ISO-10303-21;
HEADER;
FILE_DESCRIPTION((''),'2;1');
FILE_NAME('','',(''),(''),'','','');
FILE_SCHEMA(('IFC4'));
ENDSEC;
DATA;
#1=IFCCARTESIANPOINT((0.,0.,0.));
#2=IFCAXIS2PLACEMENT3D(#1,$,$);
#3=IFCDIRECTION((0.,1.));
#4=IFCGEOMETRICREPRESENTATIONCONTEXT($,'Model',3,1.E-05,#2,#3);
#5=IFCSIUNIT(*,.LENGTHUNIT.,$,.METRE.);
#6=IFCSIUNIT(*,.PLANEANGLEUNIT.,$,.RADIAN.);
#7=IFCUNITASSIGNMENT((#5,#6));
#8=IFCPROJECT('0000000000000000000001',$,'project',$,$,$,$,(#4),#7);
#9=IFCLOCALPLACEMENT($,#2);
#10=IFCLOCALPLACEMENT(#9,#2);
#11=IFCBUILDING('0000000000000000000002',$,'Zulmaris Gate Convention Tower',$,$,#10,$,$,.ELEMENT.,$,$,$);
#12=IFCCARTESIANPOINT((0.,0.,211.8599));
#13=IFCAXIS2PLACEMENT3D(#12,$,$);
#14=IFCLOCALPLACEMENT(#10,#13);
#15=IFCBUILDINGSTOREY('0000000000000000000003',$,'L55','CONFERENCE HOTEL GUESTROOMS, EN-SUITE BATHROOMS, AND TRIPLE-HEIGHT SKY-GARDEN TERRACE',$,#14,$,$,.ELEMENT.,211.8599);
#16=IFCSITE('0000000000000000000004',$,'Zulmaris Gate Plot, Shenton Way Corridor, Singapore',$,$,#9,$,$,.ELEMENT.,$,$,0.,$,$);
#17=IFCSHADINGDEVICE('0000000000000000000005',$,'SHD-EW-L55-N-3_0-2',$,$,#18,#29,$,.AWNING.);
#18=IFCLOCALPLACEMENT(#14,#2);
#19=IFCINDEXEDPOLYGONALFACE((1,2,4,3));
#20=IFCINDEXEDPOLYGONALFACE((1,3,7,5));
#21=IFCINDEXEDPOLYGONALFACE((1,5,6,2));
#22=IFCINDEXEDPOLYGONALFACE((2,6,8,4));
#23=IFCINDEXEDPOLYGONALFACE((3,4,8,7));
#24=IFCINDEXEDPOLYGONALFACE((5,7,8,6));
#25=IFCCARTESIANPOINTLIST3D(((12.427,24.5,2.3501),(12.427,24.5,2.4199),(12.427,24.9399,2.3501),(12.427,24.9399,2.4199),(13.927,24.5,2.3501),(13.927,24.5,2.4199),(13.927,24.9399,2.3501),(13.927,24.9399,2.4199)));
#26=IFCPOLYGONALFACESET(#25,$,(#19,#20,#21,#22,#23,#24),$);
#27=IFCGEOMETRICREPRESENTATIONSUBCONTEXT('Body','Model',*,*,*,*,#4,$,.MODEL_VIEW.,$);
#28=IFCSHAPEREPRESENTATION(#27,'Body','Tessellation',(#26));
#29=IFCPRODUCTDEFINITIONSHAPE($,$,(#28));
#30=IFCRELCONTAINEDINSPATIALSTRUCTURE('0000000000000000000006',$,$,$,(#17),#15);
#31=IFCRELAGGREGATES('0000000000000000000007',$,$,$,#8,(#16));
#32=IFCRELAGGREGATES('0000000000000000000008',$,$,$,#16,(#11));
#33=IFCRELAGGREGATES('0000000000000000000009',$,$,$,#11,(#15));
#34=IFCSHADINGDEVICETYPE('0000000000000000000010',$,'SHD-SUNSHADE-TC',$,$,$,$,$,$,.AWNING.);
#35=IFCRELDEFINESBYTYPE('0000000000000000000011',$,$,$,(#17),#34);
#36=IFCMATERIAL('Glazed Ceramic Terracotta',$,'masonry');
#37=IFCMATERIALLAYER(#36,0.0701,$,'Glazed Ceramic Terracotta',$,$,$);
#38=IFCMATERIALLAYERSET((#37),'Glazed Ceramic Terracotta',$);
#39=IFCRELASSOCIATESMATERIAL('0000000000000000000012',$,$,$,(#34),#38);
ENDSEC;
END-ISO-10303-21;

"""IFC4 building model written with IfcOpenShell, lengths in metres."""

from ifc_helpers import new_model, si_unit, direction, frame, frame_2d, origin, place, context, subcontext, project, spatial, rectangle, extrude, material, layer, layer_set, type_object, element, save


model = new_model("IFC4")

# Units and contexts
model_context = context("Model", 3, precision=1e-05, world=origin(), true_north=direction((0.0, 1.0)))
body_context = subcontext(model_context, "Body", "Model", "MODEL_VIEW")
ifc_project = project(units=[si_unit("LENGTHUNIT", "METRE"), si_unit("PLANEANGLEUNIT", "RADIAN")], contexts=[model_context])

# Site, building, storey
site_placement = place(None, origin())
site = spatial("IfcSite", under=ifc_project, at=site_placement, Name="Zulmaris Gate Plot, Shenton Way Corridor, Singapore", CompositionType="ELEMENT", RefElevation=0.0)
building_placement = place(site_placement, origin())
building = spatial("IfcBuilding", under=site, at=building_placement, Name="Zulmaris Gate Convention Tower", CompositionType="ELEMENT")
storey_placement = place(building_placement, frame((0.0, 0.0, 211.8599)))
storey = spatial("IfcBuildingStorey", under=building, at=storey_placement, Name="L55", Description="CONFERENCE HOTEL GUESTROOMS, EN-SUITE BATHROOMS, AND TRIPLE-HEIGHT SKY-GARDEN TERRACE", CompositionType="ELEMENT", Elevation=211.8599)

# Shading device
ifc_material_1 = material(Name="Glazed Ceramic Terracotta", Category="masonry")
ifc_layer_1 = layer(ifc_material_1, 0.0701, Name="Glazed Ceramic Terracotta")
ifc_layer_set_1 = layer_set([ifc_layer_1], Name="Glazed Ceramic Terracotta")
shading_device_type = type_object("IfcShadingDeviceType", Name="SHD-SUNSHADE-TC", PredefinedType="AWNING", material=ifc_layer_set_1)
for number, where, z_axis, x_axis, name in (
    (1, (13.927, 24.72, 2.3501), (0.0, 0.0, 1.0), (-1.0, 0.0, 0.0), "SHD-EW-L55-N-3_0-2"),
):
    element("IfcShadingDevice", number, at=place(storey_placement, frame(where, z_axis=z_axis, x_axis=x_axis)), inside=storey, type_object=shading_device_type, Name=name, PredefinedType="AWNING", context=body_context, shape_type="SweptSolid", body=[
        extrude(rectangle(XDim=1.5, YDim=0.4399, at=frame_2d((0.75, 0.0))), origin(), (0.0, 0.0, 1.0), 0.0698),
    ])

save(model, "model.ifc")
